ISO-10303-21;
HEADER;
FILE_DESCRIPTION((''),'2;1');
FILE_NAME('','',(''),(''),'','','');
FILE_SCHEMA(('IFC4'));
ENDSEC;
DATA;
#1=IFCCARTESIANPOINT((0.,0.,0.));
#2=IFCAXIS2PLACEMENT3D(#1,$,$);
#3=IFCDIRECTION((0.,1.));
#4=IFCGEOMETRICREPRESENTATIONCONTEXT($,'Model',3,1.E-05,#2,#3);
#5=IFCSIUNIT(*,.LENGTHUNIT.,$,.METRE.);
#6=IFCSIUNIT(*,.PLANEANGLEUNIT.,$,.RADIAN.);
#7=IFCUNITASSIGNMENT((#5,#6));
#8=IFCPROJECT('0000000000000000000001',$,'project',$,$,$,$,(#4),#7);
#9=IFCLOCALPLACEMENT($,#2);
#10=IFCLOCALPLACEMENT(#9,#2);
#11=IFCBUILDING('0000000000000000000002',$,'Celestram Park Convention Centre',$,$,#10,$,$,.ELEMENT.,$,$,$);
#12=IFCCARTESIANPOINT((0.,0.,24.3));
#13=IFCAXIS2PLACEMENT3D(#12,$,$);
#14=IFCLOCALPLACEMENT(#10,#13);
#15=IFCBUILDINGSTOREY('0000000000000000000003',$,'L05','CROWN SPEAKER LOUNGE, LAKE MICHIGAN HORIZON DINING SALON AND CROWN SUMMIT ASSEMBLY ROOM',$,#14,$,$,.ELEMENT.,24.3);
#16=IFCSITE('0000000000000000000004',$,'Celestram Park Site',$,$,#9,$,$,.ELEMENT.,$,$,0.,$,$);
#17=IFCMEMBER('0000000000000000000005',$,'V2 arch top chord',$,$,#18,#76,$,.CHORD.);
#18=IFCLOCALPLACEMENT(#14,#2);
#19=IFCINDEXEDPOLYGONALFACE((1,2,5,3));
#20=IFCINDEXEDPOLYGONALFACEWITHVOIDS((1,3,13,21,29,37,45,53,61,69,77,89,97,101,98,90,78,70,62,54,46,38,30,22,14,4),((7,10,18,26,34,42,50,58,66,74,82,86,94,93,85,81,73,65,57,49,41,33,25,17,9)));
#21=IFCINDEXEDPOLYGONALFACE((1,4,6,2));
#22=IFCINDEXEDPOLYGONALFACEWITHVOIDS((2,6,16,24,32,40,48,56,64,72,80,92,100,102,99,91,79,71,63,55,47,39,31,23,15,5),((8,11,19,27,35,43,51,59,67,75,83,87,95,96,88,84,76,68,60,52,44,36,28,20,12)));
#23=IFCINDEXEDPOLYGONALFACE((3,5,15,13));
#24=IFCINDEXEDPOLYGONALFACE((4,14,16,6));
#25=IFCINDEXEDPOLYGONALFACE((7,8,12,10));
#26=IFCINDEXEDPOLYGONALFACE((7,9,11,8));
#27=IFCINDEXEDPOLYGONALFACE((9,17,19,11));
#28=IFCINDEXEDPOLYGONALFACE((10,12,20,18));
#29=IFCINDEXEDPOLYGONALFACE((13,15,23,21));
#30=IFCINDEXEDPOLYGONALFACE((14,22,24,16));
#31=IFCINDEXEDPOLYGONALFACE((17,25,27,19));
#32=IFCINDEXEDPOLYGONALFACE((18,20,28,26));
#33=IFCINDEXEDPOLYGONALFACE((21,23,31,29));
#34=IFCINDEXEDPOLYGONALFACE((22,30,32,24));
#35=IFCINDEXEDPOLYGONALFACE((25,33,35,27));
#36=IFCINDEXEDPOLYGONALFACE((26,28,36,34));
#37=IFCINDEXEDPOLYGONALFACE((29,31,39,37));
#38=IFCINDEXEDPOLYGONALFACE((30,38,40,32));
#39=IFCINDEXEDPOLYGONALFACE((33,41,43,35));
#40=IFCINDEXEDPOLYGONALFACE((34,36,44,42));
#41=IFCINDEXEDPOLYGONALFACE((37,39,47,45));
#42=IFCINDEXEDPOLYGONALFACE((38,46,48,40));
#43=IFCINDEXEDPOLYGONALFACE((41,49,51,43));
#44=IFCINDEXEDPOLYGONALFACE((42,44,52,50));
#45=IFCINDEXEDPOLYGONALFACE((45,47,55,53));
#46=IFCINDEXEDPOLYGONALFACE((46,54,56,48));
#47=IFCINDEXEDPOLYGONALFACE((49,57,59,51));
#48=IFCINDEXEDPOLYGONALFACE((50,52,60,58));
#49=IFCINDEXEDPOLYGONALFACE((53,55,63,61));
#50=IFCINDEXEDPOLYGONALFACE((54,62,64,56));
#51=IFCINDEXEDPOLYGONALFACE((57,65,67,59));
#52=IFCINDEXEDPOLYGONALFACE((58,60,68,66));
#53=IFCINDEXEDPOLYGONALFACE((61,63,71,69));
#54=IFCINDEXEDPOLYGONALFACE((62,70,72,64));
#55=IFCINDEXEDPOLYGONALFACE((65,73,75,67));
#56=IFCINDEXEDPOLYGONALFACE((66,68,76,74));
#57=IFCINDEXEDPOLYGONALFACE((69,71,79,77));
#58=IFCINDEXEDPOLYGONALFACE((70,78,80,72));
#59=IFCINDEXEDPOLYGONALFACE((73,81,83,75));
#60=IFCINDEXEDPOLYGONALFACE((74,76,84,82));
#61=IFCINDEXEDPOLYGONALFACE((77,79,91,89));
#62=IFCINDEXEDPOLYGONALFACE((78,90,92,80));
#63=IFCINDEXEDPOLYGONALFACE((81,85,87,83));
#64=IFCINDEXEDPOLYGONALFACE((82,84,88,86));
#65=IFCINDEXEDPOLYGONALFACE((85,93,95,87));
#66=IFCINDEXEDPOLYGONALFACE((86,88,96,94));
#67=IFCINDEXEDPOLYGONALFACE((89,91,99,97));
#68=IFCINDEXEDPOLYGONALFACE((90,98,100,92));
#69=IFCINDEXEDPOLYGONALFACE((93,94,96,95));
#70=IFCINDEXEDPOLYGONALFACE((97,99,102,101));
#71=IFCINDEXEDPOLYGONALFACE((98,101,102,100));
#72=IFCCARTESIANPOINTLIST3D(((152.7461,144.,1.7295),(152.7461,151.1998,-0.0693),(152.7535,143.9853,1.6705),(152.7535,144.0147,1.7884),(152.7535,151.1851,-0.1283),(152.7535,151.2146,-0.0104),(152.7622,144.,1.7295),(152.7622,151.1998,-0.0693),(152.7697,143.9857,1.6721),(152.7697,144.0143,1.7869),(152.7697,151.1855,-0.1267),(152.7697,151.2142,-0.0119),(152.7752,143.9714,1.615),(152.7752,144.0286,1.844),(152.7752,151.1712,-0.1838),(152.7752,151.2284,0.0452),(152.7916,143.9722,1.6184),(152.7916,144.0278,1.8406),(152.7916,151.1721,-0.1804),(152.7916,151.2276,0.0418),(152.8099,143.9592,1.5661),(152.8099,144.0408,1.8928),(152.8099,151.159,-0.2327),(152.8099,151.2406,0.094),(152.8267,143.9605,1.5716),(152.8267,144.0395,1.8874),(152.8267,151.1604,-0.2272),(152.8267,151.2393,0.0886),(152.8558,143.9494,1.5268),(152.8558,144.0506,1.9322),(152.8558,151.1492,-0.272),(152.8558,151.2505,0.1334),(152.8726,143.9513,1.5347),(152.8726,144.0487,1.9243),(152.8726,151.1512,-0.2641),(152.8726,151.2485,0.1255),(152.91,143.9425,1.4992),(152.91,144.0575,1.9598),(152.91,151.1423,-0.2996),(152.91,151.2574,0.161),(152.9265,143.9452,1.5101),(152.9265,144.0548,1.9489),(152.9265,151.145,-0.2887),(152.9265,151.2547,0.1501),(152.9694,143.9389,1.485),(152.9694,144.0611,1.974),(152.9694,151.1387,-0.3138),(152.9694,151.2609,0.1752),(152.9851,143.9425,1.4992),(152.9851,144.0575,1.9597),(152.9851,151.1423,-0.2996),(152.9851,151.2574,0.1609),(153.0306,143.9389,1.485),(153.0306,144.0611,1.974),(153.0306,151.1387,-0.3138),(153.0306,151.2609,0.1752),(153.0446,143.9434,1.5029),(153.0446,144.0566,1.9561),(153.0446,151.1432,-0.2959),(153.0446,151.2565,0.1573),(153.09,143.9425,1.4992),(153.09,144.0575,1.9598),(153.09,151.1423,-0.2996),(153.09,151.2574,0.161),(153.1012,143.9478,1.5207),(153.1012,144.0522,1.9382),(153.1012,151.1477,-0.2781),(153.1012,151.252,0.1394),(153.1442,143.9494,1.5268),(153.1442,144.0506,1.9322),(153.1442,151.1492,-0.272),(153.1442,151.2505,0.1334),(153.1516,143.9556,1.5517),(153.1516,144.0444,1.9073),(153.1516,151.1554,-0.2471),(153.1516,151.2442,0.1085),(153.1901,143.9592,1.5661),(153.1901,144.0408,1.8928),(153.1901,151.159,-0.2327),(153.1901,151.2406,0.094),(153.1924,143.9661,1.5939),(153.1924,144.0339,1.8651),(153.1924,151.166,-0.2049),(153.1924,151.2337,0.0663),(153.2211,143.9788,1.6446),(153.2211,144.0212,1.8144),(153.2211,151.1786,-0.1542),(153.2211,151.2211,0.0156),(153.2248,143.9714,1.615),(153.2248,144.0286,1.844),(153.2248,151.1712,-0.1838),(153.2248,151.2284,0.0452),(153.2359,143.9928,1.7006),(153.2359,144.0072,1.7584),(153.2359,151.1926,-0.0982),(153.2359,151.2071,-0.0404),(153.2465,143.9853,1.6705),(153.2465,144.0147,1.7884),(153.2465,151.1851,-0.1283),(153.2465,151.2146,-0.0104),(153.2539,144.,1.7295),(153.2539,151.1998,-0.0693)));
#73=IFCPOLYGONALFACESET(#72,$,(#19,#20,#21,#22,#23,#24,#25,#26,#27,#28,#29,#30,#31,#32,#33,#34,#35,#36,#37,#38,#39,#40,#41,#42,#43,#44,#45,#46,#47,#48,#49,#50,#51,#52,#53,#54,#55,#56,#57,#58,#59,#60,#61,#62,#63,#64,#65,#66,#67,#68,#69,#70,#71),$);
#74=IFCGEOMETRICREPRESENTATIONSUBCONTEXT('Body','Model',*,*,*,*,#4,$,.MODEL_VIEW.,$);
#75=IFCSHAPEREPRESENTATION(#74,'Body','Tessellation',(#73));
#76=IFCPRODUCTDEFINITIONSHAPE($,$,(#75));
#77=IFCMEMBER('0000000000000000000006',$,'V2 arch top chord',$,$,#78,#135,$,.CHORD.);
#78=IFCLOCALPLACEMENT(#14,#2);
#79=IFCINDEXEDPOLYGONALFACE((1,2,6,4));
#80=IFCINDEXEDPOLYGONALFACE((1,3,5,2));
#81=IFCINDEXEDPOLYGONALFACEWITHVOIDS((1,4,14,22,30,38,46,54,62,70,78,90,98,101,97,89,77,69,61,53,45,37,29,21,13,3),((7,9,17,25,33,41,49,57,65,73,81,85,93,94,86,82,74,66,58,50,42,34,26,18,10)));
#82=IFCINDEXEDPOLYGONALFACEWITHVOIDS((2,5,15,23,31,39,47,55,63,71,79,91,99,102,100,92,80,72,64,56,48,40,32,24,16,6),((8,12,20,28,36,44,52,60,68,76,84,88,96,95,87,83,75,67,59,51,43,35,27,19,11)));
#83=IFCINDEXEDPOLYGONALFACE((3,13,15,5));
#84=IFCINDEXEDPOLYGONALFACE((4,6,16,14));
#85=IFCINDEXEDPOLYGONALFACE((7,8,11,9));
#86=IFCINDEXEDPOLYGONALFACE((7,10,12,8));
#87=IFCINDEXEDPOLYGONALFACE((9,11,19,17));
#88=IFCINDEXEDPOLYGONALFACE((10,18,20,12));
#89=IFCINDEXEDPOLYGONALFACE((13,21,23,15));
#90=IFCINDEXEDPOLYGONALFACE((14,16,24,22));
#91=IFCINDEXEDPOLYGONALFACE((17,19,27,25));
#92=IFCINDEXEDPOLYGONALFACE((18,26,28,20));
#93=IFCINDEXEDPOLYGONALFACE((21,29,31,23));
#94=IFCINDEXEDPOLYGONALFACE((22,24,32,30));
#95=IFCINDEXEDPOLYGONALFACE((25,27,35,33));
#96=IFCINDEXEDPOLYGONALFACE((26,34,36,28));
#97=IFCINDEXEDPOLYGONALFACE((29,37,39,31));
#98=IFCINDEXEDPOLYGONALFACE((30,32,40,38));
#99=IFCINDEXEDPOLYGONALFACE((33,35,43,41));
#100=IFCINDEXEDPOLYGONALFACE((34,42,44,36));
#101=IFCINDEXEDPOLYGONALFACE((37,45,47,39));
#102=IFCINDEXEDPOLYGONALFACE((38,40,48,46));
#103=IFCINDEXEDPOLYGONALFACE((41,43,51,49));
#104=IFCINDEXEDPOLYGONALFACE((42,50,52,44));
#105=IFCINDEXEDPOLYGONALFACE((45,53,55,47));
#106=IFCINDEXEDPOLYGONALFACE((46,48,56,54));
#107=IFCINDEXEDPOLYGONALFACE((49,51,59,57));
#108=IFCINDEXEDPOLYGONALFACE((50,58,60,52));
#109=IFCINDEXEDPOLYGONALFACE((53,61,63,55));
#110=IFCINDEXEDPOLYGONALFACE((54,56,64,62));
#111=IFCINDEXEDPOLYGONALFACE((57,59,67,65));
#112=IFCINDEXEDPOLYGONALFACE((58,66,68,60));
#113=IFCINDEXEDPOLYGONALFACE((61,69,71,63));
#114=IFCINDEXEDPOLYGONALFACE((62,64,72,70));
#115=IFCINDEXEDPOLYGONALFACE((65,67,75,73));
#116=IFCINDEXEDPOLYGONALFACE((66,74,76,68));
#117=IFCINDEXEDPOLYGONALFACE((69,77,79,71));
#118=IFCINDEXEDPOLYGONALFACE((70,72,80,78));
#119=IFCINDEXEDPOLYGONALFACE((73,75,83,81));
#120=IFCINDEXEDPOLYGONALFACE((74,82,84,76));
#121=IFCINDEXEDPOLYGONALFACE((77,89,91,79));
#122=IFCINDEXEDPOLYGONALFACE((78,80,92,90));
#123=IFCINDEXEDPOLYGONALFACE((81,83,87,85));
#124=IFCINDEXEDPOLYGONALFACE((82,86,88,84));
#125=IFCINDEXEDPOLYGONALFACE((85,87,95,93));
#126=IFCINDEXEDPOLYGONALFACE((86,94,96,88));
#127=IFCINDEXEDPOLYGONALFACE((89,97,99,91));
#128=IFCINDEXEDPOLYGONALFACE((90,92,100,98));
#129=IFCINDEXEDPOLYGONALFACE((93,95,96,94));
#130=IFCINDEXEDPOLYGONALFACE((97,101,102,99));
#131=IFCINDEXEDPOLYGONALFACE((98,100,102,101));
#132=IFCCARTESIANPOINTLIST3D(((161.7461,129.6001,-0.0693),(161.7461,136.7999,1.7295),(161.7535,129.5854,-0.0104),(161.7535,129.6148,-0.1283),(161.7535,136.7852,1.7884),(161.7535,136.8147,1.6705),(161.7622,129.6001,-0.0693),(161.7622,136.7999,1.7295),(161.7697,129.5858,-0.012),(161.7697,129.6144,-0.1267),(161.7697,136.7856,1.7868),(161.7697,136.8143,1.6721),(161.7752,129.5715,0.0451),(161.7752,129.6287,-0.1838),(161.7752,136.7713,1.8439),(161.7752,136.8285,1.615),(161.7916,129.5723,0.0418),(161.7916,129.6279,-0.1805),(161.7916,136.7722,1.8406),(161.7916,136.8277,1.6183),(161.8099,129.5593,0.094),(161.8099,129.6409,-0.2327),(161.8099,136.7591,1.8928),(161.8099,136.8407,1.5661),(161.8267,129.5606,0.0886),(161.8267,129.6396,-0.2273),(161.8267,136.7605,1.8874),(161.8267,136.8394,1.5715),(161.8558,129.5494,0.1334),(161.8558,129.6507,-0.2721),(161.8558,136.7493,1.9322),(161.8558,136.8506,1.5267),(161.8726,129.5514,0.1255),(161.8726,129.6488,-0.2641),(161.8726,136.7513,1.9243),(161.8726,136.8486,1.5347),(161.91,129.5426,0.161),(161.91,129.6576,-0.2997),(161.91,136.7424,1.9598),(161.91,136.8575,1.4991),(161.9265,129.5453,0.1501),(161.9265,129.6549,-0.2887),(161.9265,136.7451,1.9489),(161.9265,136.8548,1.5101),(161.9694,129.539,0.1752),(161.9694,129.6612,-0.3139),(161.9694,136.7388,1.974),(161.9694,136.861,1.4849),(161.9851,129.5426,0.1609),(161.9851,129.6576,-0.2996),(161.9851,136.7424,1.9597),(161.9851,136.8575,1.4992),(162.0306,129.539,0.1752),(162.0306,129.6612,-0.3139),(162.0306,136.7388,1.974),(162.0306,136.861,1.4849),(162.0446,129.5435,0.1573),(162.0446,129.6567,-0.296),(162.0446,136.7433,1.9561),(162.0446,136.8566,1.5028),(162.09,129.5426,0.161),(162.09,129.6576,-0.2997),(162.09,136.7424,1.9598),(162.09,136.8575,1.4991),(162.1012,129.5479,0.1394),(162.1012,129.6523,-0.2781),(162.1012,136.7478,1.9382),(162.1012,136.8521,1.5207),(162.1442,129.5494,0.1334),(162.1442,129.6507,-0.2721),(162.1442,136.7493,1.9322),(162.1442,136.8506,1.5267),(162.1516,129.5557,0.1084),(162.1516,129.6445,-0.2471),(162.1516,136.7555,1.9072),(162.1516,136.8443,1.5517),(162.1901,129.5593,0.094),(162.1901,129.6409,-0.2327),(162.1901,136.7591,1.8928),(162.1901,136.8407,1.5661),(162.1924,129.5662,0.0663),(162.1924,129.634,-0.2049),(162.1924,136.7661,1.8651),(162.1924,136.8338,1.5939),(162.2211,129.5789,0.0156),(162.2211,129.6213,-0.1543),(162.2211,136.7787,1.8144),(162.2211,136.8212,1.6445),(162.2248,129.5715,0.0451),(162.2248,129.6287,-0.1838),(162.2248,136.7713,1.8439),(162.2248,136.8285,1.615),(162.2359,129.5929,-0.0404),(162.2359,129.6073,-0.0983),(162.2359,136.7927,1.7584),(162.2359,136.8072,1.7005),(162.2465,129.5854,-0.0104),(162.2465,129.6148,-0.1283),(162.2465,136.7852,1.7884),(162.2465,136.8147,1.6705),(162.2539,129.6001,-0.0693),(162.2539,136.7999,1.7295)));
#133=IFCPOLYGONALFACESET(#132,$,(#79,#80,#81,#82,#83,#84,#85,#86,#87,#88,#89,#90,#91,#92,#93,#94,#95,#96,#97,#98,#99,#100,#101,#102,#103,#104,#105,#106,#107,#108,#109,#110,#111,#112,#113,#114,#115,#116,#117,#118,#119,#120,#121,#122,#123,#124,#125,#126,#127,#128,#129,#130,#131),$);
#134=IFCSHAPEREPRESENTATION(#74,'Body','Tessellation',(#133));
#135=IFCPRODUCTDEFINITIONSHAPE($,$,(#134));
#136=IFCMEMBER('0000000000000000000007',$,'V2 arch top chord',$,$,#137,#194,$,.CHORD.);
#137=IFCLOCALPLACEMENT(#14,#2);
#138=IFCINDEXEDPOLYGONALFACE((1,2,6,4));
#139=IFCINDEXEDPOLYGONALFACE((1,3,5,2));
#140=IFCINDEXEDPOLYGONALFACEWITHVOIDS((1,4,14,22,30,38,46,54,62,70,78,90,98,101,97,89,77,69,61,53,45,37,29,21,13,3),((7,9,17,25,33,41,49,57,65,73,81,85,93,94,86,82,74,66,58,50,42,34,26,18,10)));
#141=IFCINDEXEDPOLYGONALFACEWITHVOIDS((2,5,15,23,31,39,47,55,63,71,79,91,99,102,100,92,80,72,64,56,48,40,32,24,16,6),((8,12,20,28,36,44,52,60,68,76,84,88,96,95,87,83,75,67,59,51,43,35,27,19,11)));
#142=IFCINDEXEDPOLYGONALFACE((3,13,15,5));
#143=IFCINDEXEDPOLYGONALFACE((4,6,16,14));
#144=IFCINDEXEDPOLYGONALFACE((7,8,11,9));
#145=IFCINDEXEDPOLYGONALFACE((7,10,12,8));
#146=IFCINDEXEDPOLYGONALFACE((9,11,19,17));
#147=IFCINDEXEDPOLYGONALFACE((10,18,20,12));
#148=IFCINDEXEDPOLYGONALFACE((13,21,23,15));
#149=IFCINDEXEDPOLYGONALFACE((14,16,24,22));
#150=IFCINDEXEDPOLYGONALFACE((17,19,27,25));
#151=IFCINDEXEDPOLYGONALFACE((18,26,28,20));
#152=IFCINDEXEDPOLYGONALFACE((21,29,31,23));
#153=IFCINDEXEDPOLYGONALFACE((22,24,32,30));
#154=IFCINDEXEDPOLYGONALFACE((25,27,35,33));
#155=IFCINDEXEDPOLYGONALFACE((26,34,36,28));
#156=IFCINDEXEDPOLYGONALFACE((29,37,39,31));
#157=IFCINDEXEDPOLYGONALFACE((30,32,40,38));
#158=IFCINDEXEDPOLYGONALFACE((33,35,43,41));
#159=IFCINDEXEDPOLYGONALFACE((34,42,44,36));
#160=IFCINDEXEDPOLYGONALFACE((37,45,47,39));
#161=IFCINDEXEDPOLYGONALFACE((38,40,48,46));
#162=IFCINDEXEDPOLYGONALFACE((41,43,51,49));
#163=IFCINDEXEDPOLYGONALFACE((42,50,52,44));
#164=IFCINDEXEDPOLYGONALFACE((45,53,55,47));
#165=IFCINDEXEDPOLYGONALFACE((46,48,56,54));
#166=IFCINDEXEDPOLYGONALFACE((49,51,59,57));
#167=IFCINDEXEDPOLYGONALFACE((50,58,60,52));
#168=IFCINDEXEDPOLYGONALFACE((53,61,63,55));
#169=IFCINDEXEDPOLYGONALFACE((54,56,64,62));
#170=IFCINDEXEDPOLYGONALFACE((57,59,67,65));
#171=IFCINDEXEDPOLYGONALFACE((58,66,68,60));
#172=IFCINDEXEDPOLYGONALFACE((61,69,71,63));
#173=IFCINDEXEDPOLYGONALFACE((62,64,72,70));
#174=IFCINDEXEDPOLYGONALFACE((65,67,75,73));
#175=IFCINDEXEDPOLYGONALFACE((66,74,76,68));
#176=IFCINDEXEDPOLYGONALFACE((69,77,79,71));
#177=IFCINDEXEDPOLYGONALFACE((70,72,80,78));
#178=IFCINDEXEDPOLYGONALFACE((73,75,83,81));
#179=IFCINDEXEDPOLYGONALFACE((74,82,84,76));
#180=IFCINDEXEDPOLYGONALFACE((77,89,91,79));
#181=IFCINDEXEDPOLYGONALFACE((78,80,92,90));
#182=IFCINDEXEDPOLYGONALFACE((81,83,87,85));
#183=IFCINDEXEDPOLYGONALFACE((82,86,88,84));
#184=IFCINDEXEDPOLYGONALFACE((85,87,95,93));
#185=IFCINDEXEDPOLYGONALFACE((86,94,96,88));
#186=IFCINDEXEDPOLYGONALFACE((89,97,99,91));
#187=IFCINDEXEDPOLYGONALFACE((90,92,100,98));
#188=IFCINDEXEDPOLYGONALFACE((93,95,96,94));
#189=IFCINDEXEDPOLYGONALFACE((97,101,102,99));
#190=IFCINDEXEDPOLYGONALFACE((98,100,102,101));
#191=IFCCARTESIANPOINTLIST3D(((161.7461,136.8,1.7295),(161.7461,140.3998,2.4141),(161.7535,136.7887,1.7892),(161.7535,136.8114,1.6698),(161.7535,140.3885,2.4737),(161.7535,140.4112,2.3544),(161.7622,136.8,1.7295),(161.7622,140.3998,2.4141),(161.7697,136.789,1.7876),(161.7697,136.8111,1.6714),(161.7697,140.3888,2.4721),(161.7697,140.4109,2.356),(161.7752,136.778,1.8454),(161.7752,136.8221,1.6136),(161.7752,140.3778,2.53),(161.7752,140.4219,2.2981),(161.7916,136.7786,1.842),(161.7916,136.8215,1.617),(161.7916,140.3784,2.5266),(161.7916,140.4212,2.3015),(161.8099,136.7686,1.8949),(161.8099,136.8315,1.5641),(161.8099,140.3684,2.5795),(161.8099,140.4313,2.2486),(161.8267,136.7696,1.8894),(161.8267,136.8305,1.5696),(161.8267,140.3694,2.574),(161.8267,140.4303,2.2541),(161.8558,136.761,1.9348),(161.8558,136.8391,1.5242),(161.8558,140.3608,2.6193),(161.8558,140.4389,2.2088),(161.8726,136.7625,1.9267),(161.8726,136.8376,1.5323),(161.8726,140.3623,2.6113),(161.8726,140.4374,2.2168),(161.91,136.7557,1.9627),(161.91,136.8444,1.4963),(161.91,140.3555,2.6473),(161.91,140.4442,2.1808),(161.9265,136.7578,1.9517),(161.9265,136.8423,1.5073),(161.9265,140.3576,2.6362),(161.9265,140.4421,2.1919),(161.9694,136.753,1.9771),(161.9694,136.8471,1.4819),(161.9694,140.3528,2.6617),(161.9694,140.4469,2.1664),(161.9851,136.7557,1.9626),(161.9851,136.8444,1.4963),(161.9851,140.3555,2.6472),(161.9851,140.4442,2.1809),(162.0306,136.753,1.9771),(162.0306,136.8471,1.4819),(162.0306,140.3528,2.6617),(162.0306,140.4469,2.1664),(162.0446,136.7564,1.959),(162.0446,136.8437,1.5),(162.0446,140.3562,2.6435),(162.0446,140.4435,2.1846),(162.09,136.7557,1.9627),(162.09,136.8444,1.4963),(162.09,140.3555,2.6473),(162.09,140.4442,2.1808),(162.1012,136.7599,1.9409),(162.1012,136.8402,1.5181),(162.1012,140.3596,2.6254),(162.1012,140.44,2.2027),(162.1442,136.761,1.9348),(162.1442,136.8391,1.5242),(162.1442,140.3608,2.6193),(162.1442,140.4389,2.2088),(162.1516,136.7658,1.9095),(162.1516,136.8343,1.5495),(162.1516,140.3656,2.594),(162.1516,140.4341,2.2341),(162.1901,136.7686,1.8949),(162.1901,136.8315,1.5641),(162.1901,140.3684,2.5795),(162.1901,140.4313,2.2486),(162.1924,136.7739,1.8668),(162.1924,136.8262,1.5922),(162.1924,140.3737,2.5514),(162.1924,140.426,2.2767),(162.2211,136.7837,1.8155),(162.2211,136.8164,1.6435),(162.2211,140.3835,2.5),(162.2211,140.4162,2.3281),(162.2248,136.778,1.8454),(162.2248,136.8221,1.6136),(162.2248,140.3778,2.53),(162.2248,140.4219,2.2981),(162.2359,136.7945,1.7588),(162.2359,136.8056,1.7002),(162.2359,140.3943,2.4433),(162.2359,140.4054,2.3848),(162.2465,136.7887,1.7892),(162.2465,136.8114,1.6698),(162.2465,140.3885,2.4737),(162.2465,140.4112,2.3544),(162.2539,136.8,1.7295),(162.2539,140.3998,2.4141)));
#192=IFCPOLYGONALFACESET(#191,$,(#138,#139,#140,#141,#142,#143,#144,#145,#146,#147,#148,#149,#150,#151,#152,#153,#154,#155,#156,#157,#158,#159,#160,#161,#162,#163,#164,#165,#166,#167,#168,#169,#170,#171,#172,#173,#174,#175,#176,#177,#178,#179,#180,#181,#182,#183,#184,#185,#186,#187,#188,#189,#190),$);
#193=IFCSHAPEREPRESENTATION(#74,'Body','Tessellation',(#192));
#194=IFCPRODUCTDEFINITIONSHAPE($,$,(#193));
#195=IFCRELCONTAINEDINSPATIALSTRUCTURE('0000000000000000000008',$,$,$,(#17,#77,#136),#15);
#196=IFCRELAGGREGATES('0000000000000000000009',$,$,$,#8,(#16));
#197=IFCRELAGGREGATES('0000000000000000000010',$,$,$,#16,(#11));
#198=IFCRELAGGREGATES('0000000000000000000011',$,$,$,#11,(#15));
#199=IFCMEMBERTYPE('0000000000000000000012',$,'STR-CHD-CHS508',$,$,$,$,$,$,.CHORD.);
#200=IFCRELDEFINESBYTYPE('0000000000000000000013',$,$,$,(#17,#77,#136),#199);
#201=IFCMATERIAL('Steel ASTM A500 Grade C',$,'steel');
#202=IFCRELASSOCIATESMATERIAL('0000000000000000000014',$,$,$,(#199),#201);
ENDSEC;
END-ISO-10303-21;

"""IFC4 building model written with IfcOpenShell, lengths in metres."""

from ifc_helpers import new_model, si_unit, direction, frame, origin, origin_2d, place, context, subcontext, project, spatial, hollow_circle, extrude, material, material_profile, profile_set, type_object, element, save


model = new_model("IFC4")

# Units and contexts
model_context = context("Model", 3, precision=1e-05, world=origin(), true_north=direction((0.0, 1.0)))
body_context = subcontext(model_context, "Body", "Model", "MODEL_VIEW")
ifc_project = project(units=[si_unit("LENGTHUNIT", "METRE"), si_unit("PLANEANGLEUNIT", "RADIAN")], contexts=[model_context])

# Site, building, storey
site_placement = place(None, origin())
site = spatial("IfcSite", under=ifc_project, at=site_placement, Name="Celestram Park Site", CompositionType="ELEMENT", RefElevation=0.0)
building_placement = place(site_placement, origin())
building = spatial("IfcBuilding", under=site, at=building_placement, Name="Celestram Park Convention Centre", CompositionType="ELEMENT")
storey_placement = place(building_placement, frame((0.0, 0.0, 24.3)))
storey = spatial("IfcBuildingStorey", under=building, at=storey_placement, Name="L05", Description="CROWN SPEAKER LOUNGE, LAKE MICHIGAN HORIZON DINING SALON AND CROWN SUMMIT ASSEMBLY ROOM", CompositionType="ELEMENT", Elevation=24.3)

# Members
ifc_material_1 = material(Name="Steel ASTM A500 Grade C", Category="steel")
ifc_material_profile_1 = material_profile(ifc_material_1, hollow_circle(Radius=0.2539, WallThickness=0.0161, at=origin_2d()), Name="CHS508X16")
ifc_profile_set_1 = profile_set([ifc_material_profile_1], Name="Steel ASTM A500 Grade C")
member_type_1 = type_object("IfcMemberType", Name="STR-CHD-CHS508", PredefinedType="CHORD", material=ifc_profile_set_1)
for number, where, z_axis, x_axis, name in (
    (1, (153.0, 144.0, 1.7295), (0.0, 0.970179, -0.242389), (-1.0, 0.0, 0.0), "V2 arch top chord"),
    (2, (162.0, 129.6001, -0.0693), (0.0, 0.970179, 0.242389), (-1.0, 0.0, 0.0), "V2 arch top chord"),
):
    element("IfcMember", number, at=place(storey_placement, frame(where, z_axis=z_axis, x_axis=x_axis)), inside=storey, type_object=member_type_1, Name=name, PredefinedType="CHORD", context=body_context, shape_type="SweptSolid", body=[
        extrude(hollow_circle(Radius=0.2539, WallThickness=0.0161, at=origin_2d()), origin(), (0.0, 0.0, 1.0), 7.4211),
    ])
member_1_placement = place(storey_placement, frame((162.0, 136.8, 1.7295), z_axis=(0.0, 0.982395, 0.186818), x_axis=(-1.0, 0.0, 0.0)))
element("IfcMember", 3, at=member_1_placement, inside=storey, type_object=member_type_1, Name="V2 arch top chord", PredefinedType="CHORD", context=body_context, shape_type="SweptSolid", body=[
    extrude(hollow_circle(Radius=0.2539, WallThickness=0.0161, at=origin_2d()), origin(), (0.0, 0.0, 1.0), 3.6643),
])

save(model, "model.ifc")
